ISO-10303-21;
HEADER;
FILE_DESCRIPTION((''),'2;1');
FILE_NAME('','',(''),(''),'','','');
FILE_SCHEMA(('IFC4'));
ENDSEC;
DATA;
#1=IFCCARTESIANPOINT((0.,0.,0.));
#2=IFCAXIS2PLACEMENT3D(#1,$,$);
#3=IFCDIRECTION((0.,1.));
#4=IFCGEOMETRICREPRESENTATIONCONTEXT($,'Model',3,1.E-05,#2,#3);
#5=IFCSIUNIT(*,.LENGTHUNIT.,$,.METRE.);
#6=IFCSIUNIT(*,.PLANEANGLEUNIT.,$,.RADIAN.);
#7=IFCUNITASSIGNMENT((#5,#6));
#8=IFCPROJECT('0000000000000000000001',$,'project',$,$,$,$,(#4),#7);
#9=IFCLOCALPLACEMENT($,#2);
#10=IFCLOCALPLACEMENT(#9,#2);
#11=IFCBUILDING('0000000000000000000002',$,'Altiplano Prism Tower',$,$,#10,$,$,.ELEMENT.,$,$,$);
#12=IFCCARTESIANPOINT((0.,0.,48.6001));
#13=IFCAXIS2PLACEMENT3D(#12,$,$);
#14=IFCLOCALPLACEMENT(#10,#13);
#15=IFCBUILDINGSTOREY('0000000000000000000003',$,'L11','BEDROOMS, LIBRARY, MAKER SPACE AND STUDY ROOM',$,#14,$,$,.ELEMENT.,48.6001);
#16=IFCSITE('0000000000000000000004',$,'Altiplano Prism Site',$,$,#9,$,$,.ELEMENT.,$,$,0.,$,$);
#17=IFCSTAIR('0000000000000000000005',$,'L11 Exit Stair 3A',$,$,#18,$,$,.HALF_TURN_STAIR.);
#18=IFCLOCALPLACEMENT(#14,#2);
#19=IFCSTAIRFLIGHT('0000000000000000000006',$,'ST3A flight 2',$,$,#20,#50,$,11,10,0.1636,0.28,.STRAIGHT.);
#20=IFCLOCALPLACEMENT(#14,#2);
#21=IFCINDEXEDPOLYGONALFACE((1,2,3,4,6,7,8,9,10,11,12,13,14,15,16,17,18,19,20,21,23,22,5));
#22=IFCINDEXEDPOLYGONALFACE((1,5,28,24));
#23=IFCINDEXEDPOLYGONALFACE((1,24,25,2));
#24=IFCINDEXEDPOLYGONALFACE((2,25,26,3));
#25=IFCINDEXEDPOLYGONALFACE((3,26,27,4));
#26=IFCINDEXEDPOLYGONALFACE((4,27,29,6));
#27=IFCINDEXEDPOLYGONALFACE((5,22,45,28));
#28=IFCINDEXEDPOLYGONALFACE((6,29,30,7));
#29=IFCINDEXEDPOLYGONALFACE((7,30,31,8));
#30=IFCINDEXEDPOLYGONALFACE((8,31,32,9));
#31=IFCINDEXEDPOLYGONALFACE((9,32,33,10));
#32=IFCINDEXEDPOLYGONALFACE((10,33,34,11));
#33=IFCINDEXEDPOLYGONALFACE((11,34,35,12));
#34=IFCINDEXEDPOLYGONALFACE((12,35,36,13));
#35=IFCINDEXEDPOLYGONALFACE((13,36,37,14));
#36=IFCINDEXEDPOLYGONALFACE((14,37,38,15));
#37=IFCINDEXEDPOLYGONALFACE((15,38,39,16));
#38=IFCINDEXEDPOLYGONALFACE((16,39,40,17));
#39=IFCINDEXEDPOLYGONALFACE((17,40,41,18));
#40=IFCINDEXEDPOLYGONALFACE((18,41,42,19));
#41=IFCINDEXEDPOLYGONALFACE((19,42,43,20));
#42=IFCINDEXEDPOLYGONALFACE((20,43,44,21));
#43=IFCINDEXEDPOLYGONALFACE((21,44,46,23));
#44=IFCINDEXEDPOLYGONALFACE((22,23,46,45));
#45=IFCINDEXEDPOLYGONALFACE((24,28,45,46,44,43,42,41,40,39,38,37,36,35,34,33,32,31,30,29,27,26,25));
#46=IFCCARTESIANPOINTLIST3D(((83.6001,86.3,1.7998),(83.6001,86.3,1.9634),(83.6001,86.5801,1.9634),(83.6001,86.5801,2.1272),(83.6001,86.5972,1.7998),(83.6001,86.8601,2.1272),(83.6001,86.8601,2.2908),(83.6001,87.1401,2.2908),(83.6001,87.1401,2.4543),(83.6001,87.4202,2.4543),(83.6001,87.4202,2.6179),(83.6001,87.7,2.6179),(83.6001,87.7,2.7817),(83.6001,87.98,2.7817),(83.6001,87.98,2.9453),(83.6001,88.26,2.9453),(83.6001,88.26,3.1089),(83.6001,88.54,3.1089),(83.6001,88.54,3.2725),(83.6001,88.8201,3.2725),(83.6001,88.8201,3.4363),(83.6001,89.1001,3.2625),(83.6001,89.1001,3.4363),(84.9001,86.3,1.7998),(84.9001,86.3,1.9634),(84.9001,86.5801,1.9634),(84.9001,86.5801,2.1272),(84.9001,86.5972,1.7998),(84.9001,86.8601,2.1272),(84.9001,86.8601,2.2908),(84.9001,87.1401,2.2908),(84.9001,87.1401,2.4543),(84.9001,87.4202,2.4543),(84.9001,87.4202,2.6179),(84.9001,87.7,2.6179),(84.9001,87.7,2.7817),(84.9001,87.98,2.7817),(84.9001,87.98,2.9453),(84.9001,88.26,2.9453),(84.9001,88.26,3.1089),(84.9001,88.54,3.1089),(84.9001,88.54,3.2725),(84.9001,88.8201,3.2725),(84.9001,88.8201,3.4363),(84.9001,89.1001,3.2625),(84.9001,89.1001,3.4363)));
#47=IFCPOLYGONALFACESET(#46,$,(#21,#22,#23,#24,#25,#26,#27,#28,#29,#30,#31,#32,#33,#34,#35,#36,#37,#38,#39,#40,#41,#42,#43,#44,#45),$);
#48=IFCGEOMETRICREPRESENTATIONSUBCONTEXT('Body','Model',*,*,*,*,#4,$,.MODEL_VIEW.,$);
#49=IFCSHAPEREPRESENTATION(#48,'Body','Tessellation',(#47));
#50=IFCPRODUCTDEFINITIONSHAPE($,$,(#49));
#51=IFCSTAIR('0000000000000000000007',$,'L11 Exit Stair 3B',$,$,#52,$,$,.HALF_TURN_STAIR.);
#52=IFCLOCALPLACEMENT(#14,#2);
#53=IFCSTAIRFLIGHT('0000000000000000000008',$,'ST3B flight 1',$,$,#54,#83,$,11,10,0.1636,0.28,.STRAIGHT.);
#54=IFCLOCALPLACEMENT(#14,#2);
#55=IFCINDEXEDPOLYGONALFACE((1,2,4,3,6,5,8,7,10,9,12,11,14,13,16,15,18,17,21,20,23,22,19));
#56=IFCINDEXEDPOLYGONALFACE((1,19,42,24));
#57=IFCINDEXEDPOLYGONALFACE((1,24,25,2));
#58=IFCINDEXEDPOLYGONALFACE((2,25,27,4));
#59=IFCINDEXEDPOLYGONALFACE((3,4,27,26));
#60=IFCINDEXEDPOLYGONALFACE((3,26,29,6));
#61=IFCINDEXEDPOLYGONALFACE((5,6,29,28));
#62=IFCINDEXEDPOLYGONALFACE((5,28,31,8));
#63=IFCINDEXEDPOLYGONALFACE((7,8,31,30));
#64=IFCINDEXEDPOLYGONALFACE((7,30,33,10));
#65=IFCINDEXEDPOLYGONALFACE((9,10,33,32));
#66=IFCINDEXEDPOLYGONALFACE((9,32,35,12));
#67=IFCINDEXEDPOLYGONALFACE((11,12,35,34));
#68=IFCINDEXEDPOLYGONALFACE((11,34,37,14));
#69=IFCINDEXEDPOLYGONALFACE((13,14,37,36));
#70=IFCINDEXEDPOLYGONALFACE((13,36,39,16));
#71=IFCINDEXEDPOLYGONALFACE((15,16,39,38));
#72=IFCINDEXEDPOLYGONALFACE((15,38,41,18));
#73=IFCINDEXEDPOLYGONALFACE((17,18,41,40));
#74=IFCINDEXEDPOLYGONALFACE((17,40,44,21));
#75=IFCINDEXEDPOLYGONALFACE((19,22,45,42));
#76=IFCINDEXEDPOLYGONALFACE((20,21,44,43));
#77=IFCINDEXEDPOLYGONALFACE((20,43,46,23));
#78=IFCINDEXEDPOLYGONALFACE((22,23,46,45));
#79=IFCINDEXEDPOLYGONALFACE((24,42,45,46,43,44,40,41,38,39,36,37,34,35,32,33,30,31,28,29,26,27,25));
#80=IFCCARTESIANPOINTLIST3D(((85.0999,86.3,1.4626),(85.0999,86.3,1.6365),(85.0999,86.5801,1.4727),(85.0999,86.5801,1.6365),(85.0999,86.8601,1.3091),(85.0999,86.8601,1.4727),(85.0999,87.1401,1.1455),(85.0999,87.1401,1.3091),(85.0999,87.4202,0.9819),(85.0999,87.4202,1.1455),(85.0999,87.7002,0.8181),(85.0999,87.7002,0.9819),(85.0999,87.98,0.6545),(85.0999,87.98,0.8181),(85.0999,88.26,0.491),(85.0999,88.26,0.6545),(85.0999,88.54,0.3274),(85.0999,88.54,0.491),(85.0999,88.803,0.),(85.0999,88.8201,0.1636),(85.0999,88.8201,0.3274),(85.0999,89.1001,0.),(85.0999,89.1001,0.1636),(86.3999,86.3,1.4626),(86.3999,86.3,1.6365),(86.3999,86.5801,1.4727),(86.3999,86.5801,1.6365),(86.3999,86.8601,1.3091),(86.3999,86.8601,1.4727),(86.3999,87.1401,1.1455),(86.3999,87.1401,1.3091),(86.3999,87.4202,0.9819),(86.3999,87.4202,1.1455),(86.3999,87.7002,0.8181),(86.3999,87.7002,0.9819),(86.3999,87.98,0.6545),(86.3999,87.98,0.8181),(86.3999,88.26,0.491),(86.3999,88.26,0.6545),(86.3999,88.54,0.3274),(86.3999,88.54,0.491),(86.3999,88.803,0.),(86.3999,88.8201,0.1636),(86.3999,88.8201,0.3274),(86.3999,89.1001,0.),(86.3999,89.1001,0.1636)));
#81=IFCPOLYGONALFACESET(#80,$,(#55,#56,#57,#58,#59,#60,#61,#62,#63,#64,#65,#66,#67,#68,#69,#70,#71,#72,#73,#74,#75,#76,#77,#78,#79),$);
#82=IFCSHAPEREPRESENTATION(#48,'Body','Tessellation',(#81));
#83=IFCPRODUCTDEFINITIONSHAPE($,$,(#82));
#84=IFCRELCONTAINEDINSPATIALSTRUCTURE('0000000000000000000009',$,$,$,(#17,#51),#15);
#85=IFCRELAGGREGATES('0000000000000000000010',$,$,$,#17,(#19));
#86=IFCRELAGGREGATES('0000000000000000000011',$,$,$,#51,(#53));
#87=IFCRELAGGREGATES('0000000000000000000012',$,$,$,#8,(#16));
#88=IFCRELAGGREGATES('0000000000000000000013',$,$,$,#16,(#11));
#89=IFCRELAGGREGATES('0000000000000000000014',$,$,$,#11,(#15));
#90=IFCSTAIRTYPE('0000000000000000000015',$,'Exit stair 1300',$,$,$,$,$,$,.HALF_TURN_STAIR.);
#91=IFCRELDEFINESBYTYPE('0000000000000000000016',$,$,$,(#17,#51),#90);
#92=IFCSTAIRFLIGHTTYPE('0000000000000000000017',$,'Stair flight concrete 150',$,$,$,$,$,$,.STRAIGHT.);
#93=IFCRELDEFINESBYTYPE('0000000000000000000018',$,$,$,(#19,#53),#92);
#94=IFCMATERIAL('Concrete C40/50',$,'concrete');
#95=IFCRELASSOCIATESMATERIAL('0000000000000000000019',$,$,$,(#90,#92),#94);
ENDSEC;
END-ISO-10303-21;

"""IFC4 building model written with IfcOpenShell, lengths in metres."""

from ifc_helpers import new_model, si_unit, direction, frame, origin, place, context, subcontext, project, spatial, polyline, outline, extrude, material, type_object, element, aggregate, save


model = new_model("IFC4")

# Units and contexts
model_context = context("Model", 3, precision=1e-05, world=origin(), true_north=direction((0.0, 1.0)))
body_context = subcontext(model_context, "Body", "Model", "MODEL_VIEW")
ifc_project = project(units=[si_unit("LENGTHUNIT", "METRE"), si_unit("PLANEANGLEUNIT", "RADIAN")], contexts=[model_context])

# Site, building, storey
site_placement = place(None, origin())
site = spatial("IfcSite", under=ifc_project, at=site_placement, Name="Altiplano Prism Site", CompositionType="ELEMENT", RefElevation=0.0)
building_placement = place(site_placement, origin())
building = spatial("IfcBuilding", under=site, at=building_placement, Name="Altiplano Prism Tower", CompositionType="ELEMENT")
storey_placement = place(building_placement, frame((0.0, 0.0, 48.6001)))
storey = spatial("IfcBuildingStorey", under=building, at=storey_placement, Name="L11", Description="BEDROOMS, LIBRARY, MAKER SPACE AND STUDY ROOM", CompositionType="ELEMENT", Elevation=48.6001)

# Stair, stair flight
ifc_material_1 = material(Name="Concrete C40/50", Category="concrete")
stair_type = type_object("IfcStairType", Name="Exit stair 1300", PredefinedType="HALF_TURN_STAIR", material=ifc_material_1)
stair_1_placement = place(storey_placement, origin())
stair_1 = element("IfcStair", 1, at=stair_1_placement, inside=storey, type_object=stair_type, Name="L11 Exit Stair 3A", PredefinedType="HALF_TURN_STAIR")
stair_flight_type = type_object("IfcStairFlightType", Name="Stair flight concrete 150", PredefinedType="STRAIGHT", material=ifc_material_1)
stair_flight_1_placement = place(storey_placement, frame((84.25, 86.3, 1.7998), z_axis=(0.0, 0.0, 1.0), x_axis=(0.0, 1.0, 0.0)))
stair_flight_1 = element("IfcStairFlight", 2, at=stair_flight_1_placement, type_object=stair_flight_type, Name="ST3A flight 2", NumberOfRisers=11, NumberOfTreads=10, PredefinedType="STRAIGHT", RiserHeight=0.1636, TreadLength=0.28, context=body_context, shape_type="SweptSolid", body=[
    extrude(outline(polyline([(0.0, 0.0), (0.0, 0.1636), (0.28, 0.1636), (0.28, 0.3274), (0.5601, 0.3274), (0.5601, 0.491), (0.8401, 0.491), (0.8401, 0.6545), (1.1201, 0.6545), (1.1201, 0.8181), (1.3999, 0.8181), (1.3999, 0.9819), (1.6799, 0.9819), (1.6799, 1.1455), (1.96, 1.1455), (1.96, 1.3091), (2.24, 1.3091), (2.24, 1.4727), (2.52, 1.4727), (2.52, 1.6365), (2.8, 1.6365), (2.8, 1.8), (2.8, 1.4626), (0.2971, 0.0), (0.0, 0.0)])), frame((0.0, 0.6499, 0.0), z_axis=(0.0, -1.0, 0.0), x_axis=(1.0, 0.0, 0.0)), (0.0, 0.0, 1.0), 1.3),
])
aggregate(stair_1, [stair_flight_1])

# Stair, stair flight
stair_2_placement = place(storey_placement, origin())
stair_2 = element("IfcStair", 3, at=stair_2_placement, inside=storey, type_object=stair_type, Name="L11 Exit Stair 3B", PredefinedType="HALF_TURN_STAIR")
stair_flight_2_placement = place(storey_placement, frame((85.75, 89.1001, 0.0), z_axis=(0.0, 0.0, 1.0), x_axis=(0.0, -1.0, 0.0)))
stair_flight_2 = element("IfcStairFlight", 4, at=stair_flight_2_placement, type_object=stair_flight_type, Name="ST3B flight 1", NumberOfRisers=11, NumberOfTreads=10, PredefinedType="STRAIGHT", RiserHeight=0.1636, TreadLength=0.28, context=body_context, shape_type="SweptSolid", body=[
    extrude(outline(polyline([(0.0, 0.0), (0.0, 0.1636), (0.28, 0.1636), (0.28, 0.3274), (0.5601, 0.3274), (0.5601, 0.491), (0.8401, 0.491), (0.8401, 0.6545), (1.1201, 0.6545), (1.1201, 0.8181), (1.3999, 0.8181), (1.3999, 0.9819), (1.6799, 0.9819), (1.6799, 1.1455), (1.96, 1.1455), (1.96, 1.3091), (2.24, 1.3091), (2.24, 1.4727), (2.52, 1.4727), (2.52, 1.6365), (2.8, 1.6365), (2.8, 1.8), (2.8, 1.4626), (0.2971, 0.0), (0.0, 0.0)])), frame((0.0, 0.6499, 0.0), z_axis=(0.0, -1.0, 0.0), x_axis=(1.0, 0.0, 0.0)), (0.0, 0.0, 1.0), 1.3),
])
aggregate(stair_2, [stair_flight_2])

save(model, "model.ifc")
